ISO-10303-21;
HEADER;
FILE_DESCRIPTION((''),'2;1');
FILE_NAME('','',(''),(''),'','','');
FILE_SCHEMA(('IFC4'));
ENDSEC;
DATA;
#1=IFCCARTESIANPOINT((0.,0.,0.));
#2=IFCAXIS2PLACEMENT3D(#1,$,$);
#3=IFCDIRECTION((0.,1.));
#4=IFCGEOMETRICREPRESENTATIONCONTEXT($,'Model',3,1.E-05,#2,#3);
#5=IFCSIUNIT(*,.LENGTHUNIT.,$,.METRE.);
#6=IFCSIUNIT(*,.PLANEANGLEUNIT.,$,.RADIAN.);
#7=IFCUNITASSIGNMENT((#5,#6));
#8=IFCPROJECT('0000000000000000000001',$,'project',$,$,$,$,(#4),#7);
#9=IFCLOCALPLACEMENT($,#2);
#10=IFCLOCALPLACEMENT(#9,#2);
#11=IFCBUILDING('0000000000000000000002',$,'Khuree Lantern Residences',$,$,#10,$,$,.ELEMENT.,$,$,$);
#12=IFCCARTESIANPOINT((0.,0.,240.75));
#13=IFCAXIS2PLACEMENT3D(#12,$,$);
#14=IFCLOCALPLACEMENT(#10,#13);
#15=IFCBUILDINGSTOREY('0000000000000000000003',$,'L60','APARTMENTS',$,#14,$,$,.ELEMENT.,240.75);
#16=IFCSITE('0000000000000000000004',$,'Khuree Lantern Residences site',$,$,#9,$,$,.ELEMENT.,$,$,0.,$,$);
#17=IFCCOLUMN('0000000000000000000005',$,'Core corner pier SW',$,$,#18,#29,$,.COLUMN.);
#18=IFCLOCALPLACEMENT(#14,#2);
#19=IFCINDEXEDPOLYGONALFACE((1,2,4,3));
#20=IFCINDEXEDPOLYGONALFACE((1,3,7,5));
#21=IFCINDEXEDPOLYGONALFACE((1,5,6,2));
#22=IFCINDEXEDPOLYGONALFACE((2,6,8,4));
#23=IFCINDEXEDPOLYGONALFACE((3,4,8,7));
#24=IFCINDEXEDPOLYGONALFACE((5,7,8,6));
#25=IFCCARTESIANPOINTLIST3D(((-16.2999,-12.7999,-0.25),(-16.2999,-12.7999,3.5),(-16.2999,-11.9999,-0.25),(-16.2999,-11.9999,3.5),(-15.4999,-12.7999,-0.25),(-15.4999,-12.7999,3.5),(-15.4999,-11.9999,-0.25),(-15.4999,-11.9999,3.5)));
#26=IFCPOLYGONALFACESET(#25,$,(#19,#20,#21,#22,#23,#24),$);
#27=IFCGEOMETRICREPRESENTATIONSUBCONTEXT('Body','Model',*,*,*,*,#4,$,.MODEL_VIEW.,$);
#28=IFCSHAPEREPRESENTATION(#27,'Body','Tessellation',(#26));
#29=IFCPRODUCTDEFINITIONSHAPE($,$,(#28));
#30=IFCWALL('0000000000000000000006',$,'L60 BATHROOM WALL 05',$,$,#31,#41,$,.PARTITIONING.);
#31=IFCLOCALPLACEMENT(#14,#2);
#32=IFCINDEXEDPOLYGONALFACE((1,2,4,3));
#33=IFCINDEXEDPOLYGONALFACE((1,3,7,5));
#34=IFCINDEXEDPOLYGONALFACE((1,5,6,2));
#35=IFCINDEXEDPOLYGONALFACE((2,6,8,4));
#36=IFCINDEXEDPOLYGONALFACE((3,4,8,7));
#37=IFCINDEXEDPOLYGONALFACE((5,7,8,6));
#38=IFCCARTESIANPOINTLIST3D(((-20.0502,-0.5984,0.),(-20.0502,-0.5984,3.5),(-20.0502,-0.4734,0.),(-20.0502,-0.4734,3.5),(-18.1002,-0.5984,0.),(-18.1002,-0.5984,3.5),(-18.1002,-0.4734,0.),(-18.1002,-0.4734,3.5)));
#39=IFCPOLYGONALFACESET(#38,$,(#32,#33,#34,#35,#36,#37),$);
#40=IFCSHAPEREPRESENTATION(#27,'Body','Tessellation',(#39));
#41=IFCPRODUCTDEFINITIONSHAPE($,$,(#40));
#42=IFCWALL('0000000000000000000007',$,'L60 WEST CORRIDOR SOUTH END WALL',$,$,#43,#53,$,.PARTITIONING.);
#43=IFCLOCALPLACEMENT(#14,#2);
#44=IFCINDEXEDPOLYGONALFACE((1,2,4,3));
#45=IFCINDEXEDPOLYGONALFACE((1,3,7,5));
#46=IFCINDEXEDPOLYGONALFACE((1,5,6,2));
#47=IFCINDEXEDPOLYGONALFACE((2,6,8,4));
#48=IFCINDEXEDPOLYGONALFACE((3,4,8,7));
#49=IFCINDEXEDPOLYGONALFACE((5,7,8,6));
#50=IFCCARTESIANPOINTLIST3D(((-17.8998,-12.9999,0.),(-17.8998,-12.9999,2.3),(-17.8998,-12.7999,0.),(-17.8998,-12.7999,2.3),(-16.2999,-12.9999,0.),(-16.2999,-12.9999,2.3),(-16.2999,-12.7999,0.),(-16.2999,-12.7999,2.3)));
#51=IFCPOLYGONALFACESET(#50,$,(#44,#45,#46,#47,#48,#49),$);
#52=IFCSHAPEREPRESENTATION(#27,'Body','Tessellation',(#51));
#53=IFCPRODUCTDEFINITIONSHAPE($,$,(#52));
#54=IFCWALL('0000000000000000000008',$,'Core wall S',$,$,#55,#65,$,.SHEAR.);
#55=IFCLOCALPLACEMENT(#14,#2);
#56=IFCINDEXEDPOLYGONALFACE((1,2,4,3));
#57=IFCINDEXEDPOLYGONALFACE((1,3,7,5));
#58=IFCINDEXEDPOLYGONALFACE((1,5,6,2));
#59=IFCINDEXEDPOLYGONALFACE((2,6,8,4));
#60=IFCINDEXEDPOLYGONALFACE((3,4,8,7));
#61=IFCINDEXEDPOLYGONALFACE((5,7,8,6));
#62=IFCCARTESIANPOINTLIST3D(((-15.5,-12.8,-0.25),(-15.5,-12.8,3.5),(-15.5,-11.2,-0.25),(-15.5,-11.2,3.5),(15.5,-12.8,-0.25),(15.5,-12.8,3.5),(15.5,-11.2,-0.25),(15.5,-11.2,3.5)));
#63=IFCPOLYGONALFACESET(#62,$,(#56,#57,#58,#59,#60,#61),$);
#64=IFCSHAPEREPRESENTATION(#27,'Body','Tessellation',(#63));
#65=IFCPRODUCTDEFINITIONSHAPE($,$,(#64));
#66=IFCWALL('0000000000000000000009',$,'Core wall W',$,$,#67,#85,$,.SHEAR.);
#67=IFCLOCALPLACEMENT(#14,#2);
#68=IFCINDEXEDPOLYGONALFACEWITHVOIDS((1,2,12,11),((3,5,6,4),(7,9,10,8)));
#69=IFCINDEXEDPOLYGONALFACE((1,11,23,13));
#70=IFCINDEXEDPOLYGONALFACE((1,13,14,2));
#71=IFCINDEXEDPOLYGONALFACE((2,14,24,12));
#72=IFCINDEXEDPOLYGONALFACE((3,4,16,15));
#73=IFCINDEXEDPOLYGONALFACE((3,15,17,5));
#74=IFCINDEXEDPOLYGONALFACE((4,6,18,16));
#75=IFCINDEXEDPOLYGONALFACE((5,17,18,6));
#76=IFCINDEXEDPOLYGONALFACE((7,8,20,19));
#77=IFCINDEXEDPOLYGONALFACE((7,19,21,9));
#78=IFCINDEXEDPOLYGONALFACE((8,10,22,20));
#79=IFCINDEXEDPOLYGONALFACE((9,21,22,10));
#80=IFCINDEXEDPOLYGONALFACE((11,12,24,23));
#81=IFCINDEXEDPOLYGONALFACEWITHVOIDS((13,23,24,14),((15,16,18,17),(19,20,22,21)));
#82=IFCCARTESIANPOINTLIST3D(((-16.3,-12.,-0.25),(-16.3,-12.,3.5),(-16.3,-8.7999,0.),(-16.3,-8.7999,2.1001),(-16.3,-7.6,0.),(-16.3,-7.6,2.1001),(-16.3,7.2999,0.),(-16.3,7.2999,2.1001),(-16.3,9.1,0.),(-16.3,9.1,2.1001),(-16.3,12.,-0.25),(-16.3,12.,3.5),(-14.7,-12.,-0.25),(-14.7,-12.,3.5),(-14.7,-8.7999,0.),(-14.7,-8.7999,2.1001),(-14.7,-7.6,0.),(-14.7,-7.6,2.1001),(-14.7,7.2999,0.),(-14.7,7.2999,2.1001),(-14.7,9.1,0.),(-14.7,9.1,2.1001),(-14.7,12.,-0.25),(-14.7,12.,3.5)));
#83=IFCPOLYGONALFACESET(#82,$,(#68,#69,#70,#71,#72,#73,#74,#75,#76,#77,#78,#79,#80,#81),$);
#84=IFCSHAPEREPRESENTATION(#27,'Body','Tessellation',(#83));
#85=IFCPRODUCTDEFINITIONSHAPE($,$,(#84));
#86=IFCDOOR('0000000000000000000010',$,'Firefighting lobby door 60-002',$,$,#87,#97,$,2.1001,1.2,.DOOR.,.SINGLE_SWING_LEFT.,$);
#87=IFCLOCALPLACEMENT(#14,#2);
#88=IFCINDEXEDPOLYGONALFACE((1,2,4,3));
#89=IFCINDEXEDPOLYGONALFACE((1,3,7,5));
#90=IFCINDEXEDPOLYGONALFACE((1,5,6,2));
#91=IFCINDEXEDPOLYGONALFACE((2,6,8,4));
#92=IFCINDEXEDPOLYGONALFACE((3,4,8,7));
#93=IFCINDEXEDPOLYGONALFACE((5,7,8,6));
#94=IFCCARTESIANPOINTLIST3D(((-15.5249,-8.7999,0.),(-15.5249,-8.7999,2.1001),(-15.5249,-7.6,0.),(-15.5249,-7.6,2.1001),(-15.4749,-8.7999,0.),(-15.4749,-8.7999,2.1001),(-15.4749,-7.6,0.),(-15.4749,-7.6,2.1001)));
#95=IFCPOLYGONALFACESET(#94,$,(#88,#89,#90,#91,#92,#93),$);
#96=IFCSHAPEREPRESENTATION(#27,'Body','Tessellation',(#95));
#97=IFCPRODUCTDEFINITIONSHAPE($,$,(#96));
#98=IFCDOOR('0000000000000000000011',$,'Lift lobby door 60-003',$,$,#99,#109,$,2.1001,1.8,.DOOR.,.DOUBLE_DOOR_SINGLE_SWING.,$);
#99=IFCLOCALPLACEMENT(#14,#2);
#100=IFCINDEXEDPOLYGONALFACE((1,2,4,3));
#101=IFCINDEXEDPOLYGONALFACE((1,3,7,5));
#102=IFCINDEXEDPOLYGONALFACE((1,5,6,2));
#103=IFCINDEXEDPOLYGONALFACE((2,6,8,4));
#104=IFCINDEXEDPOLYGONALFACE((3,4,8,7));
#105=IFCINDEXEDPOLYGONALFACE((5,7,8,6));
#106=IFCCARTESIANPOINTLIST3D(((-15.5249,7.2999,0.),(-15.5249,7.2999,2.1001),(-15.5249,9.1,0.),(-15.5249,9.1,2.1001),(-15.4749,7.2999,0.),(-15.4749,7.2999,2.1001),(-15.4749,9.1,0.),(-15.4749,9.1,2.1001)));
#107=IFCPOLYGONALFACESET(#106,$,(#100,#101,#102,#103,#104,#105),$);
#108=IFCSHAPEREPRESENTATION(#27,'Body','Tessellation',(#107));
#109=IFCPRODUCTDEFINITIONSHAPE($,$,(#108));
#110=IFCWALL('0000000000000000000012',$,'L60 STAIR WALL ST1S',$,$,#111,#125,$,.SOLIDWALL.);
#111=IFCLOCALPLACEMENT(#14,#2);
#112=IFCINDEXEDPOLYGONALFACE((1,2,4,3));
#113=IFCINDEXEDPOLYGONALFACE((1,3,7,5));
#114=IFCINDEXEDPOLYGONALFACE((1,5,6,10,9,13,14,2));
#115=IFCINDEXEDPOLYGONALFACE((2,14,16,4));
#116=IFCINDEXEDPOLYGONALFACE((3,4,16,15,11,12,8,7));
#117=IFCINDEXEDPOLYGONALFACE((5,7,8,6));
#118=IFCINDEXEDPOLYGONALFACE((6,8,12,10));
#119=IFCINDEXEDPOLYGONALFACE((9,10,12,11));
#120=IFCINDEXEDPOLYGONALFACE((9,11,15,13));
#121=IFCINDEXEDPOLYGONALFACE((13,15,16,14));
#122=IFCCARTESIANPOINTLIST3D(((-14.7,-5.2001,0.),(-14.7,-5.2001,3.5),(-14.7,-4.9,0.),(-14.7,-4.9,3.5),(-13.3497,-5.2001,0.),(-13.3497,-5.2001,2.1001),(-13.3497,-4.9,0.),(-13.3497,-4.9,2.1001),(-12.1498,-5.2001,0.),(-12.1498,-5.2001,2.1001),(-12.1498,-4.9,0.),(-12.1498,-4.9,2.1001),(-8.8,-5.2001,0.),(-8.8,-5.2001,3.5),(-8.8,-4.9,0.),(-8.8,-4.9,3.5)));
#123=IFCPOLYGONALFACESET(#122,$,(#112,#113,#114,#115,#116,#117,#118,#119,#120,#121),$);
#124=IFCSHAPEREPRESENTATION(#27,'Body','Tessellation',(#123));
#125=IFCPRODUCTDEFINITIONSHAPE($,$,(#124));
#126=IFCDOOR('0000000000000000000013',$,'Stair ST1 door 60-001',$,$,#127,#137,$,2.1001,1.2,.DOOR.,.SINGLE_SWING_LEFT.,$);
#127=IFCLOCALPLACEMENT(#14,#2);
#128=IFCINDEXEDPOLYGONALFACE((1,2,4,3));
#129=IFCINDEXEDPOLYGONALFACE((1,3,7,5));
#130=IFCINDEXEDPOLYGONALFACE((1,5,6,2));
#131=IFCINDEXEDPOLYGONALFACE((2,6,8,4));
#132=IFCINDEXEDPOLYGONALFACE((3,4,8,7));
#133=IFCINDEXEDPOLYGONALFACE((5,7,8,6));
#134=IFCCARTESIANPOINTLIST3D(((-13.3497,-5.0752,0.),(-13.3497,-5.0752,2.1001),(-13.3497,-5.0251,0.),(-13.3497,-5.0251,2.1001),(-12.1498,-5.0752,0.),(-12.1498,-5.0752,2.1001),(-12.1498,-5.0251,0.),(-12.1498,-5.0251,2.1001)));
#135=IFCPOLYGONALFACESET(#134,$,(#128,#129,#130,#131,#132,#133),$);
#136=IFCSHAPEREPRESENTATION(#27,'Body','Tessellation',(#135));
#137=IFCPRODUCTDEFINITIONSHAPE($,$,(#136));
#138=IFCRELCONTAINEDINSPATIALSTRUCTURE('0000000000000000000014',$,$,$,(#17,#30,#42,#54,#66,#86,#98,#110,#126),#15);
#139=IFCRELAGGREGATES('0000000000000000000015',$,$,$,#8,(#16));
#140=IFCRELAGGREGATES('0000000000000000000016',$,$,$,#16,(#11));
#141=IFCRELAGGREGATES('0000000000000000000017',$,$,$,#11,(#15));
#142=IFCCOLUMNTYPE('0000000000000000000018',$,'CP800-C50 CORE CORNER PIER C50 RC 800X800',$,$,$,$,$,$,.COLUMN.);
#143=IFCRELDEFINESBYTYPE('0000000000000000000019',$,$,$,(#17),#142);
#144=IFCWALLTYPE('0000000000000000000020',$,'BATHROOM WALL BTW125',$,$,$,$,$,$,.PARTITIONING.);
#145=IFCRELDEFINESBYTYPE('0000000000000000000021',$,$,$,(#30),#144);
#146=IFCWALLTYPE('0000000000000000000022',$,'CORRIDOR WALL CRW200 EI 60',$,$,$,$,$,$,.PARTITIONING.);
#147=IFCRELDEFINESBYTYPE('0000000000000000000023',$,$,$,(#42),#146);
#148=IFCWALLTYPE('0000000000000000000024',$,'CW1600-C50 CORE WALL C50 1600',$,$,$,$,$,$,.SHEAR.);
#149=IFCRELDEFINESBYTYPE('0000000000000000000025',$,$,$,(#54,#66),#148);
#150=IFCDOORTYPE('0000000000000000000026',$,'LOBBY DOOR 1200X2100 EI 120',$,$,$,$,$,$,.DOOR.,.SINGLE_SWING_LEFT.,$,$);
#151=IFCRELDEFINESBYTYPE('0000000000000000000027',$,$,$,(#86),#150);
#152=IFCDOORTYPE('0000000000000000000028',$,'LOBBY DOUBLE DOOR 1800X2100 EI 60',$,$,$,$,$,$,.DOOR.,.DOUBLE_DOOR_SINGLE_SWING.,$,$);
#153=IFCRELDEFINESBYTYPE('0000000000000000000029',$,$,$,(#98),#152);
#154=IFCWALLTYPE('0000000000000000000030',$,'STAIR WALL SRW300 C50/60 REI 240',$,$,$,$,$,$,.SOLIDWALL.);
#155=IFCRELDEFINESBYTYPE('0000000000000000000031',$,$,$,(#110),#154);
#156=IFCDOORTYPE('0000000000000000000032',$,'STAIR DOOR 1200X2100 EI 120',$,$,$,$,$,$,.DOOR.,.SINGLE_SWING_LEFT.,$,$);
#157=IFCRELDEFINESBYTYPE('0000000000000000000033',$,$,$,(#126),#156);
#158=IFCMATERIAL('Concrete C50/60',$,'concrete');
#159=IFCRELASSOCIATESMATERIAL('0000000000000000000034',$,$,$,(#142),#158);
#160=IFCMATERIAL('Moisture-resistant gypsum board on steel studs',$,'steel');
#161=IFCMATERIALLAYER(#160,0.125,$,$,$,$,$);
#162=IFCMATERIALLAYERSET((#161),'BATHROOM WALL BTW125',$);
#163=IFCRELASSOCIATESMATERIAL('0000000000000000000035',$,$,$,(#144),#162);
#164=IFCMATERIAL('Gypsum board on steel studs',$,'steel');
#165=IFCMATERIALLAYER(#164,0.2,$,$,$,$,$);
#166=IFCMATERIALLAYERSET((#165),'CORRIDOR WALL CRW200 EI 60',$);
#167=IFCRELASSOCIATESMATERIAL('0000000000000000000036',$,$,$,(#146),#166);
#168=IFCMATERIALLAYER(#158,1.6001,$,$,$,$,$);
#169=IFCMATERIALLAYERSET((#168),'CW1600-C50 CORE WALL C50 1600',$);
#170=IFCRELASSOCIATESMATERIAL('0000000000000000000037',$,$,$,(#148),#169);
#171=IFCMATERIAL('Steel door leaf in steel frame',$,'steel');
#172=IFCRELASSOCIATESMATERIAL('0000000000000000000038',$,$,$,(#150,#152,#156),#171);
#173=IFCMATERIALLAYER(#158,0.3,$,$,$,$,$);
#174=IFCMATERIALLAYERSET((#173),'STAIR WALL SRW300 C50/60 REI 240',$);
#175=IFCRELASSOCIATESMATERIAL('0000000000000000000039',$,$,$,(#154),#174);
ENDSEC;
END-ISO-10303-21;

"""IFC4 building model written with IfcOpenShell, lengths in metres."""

from ifc_helpers import new_model, si_unit, direction, frame, frame_2d, origin, origin_2d, place, context, subcontext, project, spatial, rectangle, extrude, material, layer, layer_set, material_profile, profile_set, type_object, element, fill, save


model = new_model("IFC4")

# Units and contexts
model_context = context("Model", 3, precision=1e-05, world=origin(), true_north=direction((0.0, 1.0)))
body_context = subcontext(model_context, "Body", "Model", "MODEL_VIEW")
ifc_project = project(units=[si_unit("LENGTHUNIT", "METRE"), si_unit("PLANEANGLEUNIT", "RADIAN")], contexts=[model_context])

# Site, building, storey
site_placement = place(None, origin())
site = spatial("IfcSite", under=ifc_project, at=site_placement, Name="Khuree Lantern Residences site", CompositionType="ELEMENT", RefElevation=0.0)
building_placement = place(site_placement, origin())
building = spatial("IfcBuilding", under=site, at=building_placement, Name="Khuree Lantern Residences", CompositionType="ELEMENT")
storey_placement = place(building_placement, frame((0.0, 0.0, 240.75)))
storey = spatial("IfcBuildingStorey", under=building, at=storey_placement, Name="L60", Description="APARTMENTS", CompositionType="ELEMENT", Elevation=240.75)

# Column
ifc_material_1 = material(Name="Concrete C50/60", Category="concrete")
ifc_material_profile = material_profile(ifc_material_1, rectangle(XDim=0.8, YDim=0.8, at=origin_2d()), Name="RC 800X800")
ifc_profile_set = profile_set([ifc_material_profile], Name="Concrete C50/60")
column_type = type_object("IfcColumnType", Name="CP800-C50 CORE CORNER PIER C50 RC 800X800", PredefinedType="COLUMN", material=ifc_profile_set)
column_placement = place(storey_placement, frame((-15.8999, -12.3999, -0.25), z_axis=(0.0, 0.0, 1.0), x_axis=(1.0, 0.0, 0.0)))
element("IfcColumn", 1, at=column_placement, inside=storey, type_object=column_type, Name="Core corner pier SW", PredefinedType="COLUMN", context=body_context, shape_type="SweptSolid", body=[
    extrude(rectangle(XDim=0.8, YDim=0.8, at=origin_2d()), origin(), (0.0, 0.0, 1.0), 3.75),
])

# Walls
ifc_material_2 = material(Name="Moisture-resistant gypsum board on steel studs", Category="steel")
ifc_layer_1 = layer(ifc_material_2, 0.125)
ifc_layer_set_1 = layer_set([ifc_layer_1], Name="BATHROOM WALL BTW125")
wall_type_1 = type_object("IfcWallType", Name="BATHROOM WALL BTW125", PredefinedType="PARTITIONING", material=ifc_layer_set_1)
wall_1_placement = place(storey_placement, frame((-18.1001, -0.5359, 0.0), z_axis=(0.0, 0.0, 1.0), x_axis=(-1.0, 0.0, 0.0)))
element("IfcWall", 2, at=wall_1_placement, inside=storey, type_object=wall_type_1, Name="L60 BATHROOM WALL 05", PredefinedType="PARTITIONING", context=body_context, shape_type="SweptSolid", body=[
    extrude(rectangle(XDim=1.95, YDim=0.125, at=frame_2d((0.9751, 0.0))), origin(), (0.0, 0.0, 1.0), 3.5),
])
ifc_material_3 = material(Name="Gypsum board on steel studs", Category="steel")
ifc_layer_2 = layer(ifc_material_3, 0.2)
ifc_layer_set_2 = layer_set([ifc_layer_2], Name="CORRIDOR WALL CRW200 EI 60")
wall_type_2 = type_object("IfcWallType", Name="CORRIDOR WALL CRW200 EI 60", PredefinedType="PARTITIONING", material=ifc_layer_set_2)
wall_2_placement = place(storey_placement, frame((-16.3, -12.8999, 0.0), z_axis=(0.0, 0.0, 1.0), x_axis=(-1.0, 0.0, 0.0)))
element("IfcWall", 3, at=wall_2_placement, inside=storey, type_object=wall_type_2, Name="L60 WEST CORRIDOR SOUTH END WALL", PredefinedType="PARTITIONING", context=body_context, shape_type="SweptSolid", body=[
    extrude(rectangle(XDim=1.5999, YDim=0.2, at=frame_2d((0.7998, 0.0))), origin(), (0.0, 0.0, 1.0), 2.3),
])
ifc_layer_3 = layer(ifc_material_1, 1.6001)
ifc_layer_set_3 = layer_set([ifc_layer_3], Name="CW1600-C50 CORE WALL C50 1600")
wall_type_3 = type_object("IfcWallType", Name="CW1600-C50 CORE WALL C50 1600", PredefinedType="SHEAR", material=ifc_layer_set_3)
wall_3_placement = place(storey_placement, frame((-15.5, -12.0, -0.25), z_axis=(0.0, 0.0, 1.0), x_axis=(1.0, 0.0, 0.0)))
element("IfcWall", 4, at=wall_3_placement, inside=storey, type_object=wall_type_3, Name="Core wall S", PredefinedType="SHEAR", context=body_context, shape_type="SweptSolid", body=[
    extrude(rectangle(XDim=31.0, YDim=1.6001, at=frame_2d((15.5, 0.0))), origin(), (0.0, 0.0, 1.0), 3.75),
])

# Wall, openings, doors
wall_4_placement = place(storey_placement, frame((-15.5, -12.0, -0.25), z_axis=(0.0, 0.0, 1.0), x_axis=(0.0, 1.0, 0.0)))
wall_4 = element("IfcWall", 5, at=wall_4_placement, inside=storey, type_object=wall_type_3, Name="Core wall W", PredefinedType="SHEAR", context=body_context, shape_type="SweptSolid", body=[
    extrude(rectangle(XDim=24.0, YDim=1.6001, at=frame_2d((12.0, 0.0))), origin(), (0.0, 0.0, 1.0), 3.75),
])
opening_1_placement = place(wall_4_placement, frame((3.2, 0.0, 0.25)))
opening_1 = element("IfcOpeningElement", 6, at=opening_1_placement, cuts=wall_4, PredefinedType="OPENING", context=body_context, shape_type="SweptSolid", body=[
    extrude(rectangle(XDim=1.2, YDim=2.1001, at=frame_2d((0.6001, 1.05))), frame((0.0, 0.8101, 0.0), z_axis=(0.0, -1.0, 0.0), x_axis=(1.0, 0.0, 0.0)), (0.0, 0.0, 1.0), 1.6201),
])
opening_2_placement = place(wall_4_placement, frame((19.3, 0.0, 0.25)))
opening_2 = element("IfcOpeningElement", 7, at=opening_2_placement, cuts=wall_4, PredefinedType="OPENING", context=body_context, shape_type="SweptSolid", body=[
    extrude(rectangle(XDim=1.8, YDim=2.1001, at=frame_2d((0.8999, 1.05))), frame((0.0, 0.8101, 0.0), z_axis=(0.0, -1.0, 0.0), x_axis=(1.0, 0.0, 0.0)), (0.0, 0.0, 1.0), 1.6201),
])
ifc_material_4 = material(Name="Steel door leaf in steel frame", Category="steel")
door_type_1 = type_object("IfcDoorType", Name="LOBBY DOOR 1200X2100 EI 120", OperationType="SINGLE_SWING_LEFT", PredefinedType="DOOR", material=ifc_material_4)
door_1_placement = place(opening_1_placement, origin())
door_1 = element("IfcDoor", 8, at=door_1_placement, inside=storey, type_object=door_type_1, Name="Firefighting lobby door 60-002", OperationType="SINGLE_SWING_LEFT", OverallHeight=2.1001, OverallWidth=1.2, PredefinedType="DOOR", context=body_context, shape_type="SweptSolid", body=[
    extrude(rectangle(XDim=1.2, YDim=2.1001, at=frame_2d((0.6001, 1.05))), frame((0.0, 0.0249, 0.0), z_axis=(0.0, -1.0, 0.0), x_axis=(1.0, 0.0, 0.0)), (0.0, 0.0, 1.0), 0.05),
])
fill(opening_1, door_1)
door_type_2 = type_object("IfcDoorType", Name="LOBBY DOUBLE DOOR 1800X2100 EI 60", OperationType="DOUBLE_DOOR_SINGLE_SWING", PredefinedType="DOOR", material=ifc_material_4)
door_2_placement = place(opening_2_placement, origin())
door_2 = element("IfcDoor", 9, at=door_2_placement, inside=storey, type_object=door_type_2, Name="Lift lobby door 60-003", OperationType="DOUBLE_DOOR_SINGLE_SWING", OverallHeight=2.1001, OverallWidth=1.8, PredefinedType="DOOR", context=body_context, shape_type="SweptSolid", body=[
    extrude(rectangle(XDim=1.8, YDim=2.1001, at=frame_2d((0.8999, 1.05))), frame((0.0, 0.0249, 0.0), z_axis=(0.0, -1.0, 0.0), x_axis=(1.0, 0.0, 0.0)), (0.0, 0.0, 1.0), 0.05),
])
fill(opening_2, door_2)

# Wall, opening, door
ifc_layer_4 = layer(ifc_material_1, 0.3)
ifc_layer_set_4 = layer_set([ifc_layer_4], Name="STAIR WALL SRW300 C50/60 REI 240")
wall_type_4 = type_object("IfcWallType", Name="STAIR WALL SRW300 C50/60 REI 240", PredefinedType="SOLIDWALL", material=ifc_layer_set_4)
wall_5_placement = place(storey_placement, frame((-14.7, -5.05, 0.0), z_axis=(0.0, 0.0, 1.0), x_axis=(1.0, 0.0, 0.0)))
wall_5 = element("IfcWall", 10, at=wall_5_placement, inside=storey, type_object=wall_type_4, Name="L60 STAIR WALL ST1S", PredefinedType="SOLIDWALL", context=body_context, shape_type="SweptSolid", body=[
    extrude(rectangle(XDim=5.8999, YDim=0.3, at=frame_2d((2.95, 0.0))), origin(), (0.0, 0.0, 1.0), 3.5),
])
opening_3_placement = place(wall_5_placement, frame((1.3501, 0.0, 0.0)))
opening_3 = element("IfcOpeningElement", 11, at=opening_3_placement, cuts=wall_5, PredefinedType="OPENING", context=body_context, shape_type="SweptSolid", body=[
    extrude(rectangle(XDim=1.2, YDim=2.1001, at=frame_2d((0.6001, 1.05))), frame((0.0, 0.1602, 0.0), z_axis=(0.0, -1.0, 0.0), x_axis=(1.0, 0.0, 0.0)), (0.0, 0.0, 1.0), 0.3201),
])
door_type_3 = type_object("IfcDoorType", Name="STAIR DOOR 1200X2100 EI 120", OperationType="SINGLE_SWING_LEFT", PredefinedType="DOOR", material=ifc_material_4)
door_3_placement = place(opening_3_placement, origin())
door_3 = element("IfcDoor", 12, at=door_3_placement, inside=storey, type_object=door_type_3, Name="Stair ST1 door 60-001", OperationType="SINGLE_SWING_LEFT", OverallHeight=2.1001, OverallWidth=1.2, PredefinedType="DOOR", context=body_context, shape_type="SweptSolid", body=[
    extrude(rectangle(XDim=1.2, YDim=2.1001, at=frame_2d((0.6001, 1.05))), frame((0.0, 0.0249, 0.0), z_axis=(0.0, -1.0, 0.0), x_axis=(1.0, 0.0, 0.0)), (0.0, 0.0, 1.0), 0.05),
])
fill(opening_3, door_3)

save(model, "model.ifc")
